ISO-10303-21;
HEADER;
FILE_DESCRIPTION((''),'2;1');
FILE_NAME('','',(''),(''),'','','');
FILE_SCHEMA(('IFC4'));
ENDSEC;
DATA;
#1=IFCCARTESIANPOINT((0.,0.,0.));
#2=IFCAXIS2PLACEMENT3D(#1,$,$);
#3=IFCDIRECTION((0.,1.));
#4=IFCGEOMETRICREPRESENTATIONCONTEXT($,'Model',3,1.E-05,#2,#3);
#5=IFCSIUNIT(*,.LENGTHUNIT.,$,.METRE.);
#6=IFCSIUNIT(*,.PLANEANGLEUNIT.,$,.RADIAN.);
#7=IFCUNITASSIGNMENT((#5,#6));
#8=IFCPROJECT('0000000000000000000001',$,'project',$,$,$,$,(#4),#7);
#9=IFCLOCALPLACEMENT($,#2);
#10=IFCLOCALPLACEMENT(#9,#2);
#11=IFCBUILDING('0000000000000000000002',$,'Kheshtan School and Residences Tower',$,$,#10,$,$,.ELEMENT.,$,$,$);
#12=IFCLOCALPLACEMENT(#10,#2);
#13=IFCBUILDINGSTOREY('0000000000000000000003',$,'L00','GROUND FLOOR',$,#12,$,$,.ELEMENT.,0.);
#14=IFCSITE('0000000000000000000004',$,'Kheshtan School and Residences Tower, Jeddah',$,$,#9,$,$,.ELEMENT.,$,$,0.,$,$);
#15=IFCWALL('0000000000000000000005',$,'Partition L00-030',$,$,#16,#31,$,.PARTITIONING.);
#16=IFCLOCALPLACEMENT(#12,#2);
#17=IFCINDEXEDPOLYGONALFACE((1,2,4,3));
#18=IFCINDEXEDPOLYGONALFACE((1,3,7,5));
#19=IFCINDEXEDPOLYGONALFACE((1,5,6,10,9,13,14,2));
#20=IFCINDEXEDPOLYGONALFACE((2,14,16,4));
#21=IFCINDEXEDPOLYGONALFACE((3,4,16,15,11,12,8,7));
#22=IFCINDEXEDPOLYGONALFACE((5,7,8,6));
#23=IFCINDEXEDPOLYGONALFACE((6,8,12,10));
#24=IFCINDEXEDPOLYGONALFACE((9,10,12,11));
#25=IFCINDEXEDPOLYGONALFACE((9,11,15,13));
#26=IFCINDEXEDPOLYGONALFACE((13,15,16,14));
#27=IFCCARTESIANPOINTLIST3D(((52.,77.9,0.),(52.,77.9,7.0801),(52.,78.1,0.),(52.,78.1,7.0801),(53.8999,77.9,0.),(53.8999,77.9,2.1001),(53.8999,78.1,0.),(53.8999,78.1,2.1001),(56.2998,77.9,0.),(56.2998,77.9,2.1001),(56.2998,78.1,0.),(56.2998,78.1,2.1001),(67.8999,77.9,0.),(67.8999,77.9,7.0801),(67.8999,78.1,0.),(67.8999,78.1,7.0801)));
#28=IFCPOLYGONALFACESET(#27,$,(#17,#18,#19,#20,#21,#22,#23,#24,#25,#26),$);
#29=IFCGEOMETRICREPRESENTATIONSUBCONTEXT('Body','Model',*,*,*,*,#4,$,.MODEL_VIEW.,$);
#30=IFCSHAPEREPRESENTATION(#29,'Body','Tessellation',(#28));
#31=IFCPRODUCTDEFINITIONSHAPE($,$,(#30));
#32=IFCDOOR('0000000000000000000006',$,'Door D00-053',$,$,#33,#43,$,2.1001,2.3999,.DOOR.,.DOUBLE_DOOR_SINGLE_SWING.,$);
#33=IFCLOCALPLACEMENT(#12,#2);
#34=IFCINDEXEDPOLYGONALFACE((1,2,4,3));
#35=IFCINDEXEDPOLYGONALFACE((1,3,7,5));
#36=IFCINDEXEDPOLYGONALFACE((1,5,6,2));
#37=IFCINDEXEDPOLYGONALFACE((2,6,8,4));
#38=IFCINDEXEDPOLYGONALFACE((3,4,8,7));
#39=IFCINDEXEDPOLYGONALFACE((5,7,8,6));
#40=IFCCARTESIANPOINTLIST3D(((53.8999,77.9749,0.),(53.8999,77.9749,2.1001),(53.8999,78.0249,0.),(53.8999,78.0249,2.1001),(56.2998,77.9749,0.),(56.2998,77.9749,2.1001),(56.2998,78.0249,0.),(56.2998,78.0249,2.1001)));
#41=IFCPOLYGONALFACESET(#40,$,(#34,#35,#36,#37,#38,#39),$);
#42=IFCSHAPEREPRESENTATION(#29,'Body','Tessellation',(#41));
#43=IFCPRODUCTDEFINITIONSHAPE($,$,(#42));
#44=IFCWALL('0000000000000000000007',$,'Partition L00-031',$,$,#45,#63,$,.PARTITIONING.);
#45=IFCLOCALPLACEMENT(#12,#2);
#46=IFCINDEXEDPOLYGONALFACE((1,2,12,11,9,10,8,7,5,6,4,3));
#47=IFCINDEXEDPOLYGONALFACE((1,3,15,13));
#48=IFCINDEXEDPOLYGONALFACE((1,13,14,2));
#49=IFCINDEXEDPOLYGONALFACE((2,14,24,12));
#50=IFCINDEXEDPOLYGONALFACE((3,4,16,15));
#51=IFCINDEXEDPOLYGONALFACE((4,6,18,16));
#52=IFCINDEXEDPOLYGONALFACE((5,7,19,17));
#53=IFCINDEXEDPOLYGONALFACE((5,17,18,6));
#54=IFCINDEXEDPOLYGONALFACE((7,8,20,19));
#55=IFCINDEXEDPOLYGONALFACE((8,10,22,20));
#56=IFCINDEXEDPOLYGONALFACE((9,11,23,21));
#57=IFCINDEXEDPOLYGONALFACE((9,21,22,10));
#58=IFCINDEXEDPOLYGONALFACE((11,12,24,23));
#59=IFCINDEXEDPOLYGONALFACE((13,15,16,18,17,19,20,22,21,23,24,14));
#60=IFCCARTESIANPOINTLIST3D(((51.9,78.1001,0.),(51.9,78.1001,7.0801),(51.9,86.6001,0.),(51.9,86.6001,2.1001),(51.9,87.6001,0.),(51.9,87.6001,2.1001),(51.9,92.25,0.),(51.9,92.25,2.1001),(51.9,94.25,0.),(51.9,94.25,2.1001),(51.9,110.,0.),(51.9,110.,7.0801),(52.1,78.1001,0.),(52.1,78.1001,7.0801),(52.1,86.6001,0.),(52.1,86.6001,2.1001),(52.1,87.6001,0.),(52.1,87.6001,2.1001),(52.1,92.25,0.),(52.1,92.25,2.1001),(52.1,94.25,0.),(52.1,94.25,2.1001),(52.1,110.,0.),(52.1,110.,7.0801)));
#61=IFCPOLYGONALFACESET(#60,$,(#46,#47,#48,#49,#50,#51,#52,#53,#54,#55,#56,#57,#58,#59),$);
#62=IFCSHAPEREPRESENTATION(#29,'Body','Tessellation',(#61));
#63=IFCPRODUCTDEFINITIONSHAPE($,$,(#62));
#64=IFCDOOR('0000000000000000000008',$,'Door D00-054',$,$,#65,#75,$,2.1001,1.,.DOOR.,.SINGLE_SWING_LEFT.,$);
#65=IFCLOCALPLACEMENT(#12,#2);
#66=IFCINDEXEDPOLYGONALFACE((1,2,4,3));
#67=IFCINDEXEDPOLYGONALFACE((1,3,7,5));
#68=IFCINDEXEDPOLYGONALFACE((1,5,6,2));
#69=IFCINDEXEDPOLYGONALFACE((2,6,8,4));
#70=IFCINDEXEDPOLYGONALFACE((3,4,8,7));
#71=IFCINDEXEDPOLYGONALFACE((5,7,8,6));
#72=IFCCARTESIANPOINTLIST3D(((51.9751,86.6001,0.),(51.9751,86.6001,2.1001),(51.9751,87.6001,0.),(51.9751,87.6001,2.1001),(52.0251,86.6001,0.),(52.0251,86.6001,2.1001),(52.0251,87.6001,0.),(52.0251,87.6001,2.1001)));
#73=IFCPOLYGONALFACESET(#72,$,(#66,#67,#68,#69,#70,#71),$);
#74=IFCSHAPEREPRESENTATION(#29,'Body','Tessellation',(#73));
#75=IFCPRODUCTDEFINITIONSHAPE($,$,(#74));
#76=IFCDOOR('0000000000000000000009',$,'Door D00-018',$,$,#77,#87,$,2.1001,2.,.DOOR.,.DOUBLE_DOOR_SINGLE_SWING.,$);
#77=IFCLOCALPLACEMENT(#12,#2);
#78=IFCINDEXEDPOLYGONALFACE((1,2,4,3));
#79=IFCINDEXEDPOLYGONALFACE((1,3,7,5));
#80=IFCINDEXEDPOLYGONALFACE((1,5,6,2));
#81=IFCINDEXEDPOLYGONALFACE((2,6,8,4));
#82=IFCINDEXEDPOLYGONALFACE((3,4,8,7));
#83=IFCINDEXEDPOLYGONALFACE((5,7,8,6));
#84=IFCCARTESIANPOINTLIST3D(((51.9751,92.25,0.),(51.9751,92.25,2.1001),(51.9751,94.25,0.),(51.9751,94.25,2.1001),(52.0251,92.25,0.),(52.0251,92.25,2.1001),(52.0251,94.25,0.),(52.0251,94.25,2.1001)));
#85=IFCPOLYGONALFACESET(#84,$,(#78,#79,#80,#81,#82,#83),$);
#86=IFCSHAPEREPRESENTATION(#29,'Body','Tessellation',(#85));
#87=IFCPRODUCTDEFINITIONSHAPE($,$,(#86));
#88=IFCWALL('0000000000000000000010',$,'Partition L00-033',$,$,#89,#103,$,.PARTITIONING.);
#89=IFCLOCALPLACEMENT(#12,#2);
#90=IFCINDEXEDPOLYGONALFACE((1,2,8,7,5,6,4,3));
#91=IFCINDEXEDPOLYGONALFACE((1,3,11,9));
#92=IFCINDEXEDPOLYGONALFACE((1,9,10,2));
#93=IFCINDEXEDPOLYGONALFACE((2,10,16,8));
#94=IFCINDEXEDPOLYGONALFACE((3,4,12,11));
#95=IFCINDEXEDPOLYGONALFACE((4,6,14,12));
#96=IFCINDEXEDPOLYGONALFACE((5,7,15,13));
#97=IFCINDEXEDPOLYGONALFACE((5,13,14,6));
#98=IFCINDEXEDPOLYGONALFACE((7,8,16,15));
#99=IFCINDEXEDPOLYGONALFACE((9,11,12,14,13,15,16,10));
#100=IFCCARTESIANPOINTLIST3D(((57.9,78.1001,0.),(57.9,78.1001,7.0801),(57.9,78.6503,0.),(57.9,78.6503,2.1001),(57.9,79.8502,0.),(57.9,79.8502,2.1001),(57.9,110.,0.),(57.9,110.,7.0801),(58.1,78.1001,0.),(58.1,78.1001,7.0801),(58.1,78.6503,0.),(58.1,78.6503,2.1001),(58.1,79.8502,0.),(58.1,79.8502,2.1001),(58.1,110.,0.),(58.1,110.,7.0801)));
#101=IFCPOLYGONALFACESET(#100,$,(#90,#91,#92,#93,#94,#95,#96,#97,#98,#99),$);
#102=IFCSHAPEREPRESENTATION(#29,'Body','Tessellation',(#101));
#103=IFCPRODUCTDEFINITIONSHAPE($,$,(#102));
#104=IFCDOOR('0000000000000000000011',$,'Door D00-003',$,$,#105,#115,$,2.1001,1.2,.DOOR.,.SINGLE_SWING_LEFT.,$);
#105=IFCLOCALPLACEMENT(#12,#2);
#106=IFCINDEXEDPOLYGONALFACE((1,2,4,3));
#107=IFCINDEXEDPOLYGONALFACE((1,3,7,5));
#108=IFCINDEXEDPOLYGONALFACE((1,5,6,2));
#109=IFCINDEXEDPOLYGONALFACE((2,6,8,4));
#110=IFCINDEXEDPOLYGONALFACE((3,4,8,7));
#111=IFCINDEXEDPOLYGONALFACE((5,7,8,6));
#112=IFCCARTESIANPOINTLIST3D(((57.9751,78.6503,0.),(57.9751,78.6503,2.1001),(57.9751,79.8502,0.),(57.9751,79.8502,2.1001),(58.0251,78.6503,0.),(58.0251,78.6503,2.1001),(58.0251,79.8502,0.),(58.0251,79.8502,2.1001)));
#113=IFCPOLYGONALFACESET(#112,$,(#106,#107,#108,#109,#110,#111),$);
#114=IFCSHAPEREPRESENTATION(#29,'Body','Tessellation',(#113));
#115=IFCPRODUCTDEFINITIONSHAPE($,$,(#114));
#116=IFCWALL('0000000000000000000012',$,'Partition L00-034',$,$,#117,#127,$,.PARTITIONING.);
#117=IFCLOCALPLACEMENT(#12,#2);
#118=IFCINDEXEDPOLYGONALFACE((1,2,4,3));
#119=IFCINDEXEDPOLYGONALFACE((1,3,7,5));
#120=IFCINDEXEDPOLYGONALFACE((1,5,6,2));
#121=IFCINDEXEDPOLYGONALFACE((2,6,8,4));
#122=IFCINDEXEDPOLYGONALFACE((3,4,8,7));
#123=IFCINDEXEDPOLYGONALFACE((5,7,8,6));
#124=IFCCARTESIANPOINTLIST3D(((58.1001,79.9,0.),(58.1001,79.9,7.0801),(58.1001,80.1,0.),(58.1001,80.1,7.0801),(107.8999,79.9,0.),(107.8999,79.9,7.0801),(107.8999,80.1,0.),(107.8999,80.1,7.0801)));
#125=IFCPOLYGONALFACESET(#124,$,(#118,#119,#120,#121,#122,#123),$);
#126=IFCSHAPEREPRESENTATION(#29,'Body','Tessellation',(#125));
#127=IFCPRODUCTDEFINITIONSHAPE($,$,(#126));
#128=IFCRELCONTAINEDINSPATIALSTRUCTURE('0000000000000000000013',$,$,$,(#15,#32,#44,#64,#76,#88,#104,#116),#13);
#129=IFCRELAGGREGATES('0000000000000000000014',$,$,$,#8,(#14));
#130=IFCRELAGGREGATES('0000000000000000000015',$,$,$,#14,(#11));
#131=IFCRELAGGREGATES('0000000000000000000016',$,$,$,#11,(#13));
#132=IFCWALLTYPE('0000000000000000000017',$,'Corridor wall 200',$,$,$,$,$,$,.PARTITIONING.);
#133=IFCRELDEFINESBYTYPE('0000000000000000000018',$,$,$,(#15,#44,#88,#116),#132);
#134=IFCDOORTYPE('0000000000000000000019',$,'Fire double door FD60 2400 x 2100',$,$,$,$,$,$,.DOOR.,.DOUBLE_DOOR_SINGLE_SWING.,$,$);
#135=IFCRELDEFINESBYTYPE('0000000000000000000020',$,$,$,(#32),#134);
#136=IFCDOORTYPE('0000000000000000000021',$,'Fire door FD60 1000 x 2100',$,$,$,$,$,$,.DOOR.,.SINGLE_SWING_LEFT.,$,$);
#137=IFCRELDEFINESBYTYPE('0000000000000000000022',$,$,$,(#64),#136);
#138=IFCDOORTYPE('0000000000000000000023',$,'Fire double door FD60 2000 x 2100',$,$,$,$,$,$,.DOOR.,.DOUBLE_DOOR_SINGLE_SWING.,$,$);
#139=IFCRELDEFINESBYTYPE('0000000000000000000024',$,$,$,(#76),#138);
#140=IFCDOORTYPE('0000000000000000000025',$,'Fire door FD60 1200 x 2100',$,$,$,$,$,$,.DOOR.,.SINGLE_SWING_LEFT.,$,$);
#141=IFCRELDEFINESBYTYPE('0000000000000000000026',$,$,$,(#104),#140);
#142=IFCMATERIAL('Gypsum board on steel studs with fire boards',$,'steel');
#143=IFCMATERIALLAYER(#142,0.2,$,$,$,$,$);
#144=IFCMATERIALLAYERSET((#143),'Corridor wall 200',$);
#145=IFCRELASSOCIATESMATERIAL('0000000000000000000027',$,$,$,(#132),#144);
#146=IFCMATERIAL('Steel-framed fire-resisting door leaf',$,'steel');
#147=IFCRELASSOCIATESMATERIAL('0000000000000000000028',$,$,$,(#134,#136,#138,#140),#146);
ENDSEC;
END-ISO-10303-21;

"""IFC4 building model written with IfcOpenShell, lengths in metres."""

from ifc_helpers import new_model, si_unit, direction, frame, frame_2d, origin, place, context, subcontext, project, spatial, rectangle, extrude, source, transform, mapped, material, layer, layer_set, type_object, element, fill, save


model = new_model("IFC4")

# Units and contexts
model_context = context("Model", 3, precision=1e-05, world=origin(), true_north=direction((0.0, 1.0)))
body_context = subcontext(model_context, "Body", "Model", "MODEL_VIEW")
ifc_project = project(units=[si_unit("LENGTHUNIT", "METRE"), si_unit("PLANEANGLEUNIT", "RADIAN")], contexts=[model_context])

# Site, building, storey
site_placement = place(None, origin())
site = spatial("IfcSite", under=ifc_project, at=site_placement, Name="Kheshtan School and Residences Tower, Jeddah", CompositionType="ELEMENT", RefElevation=0.0)
building_placement = place(site_placement, origin())
building = spatial("IfcBuilding", under=site, at=building_placement, Name="Kheshtan School and Residences Tower", CompositionType="ELEMENT")
storey_placement = place(building_placement, origin())
storey = spatial("IfcBuildingStorey", under=building, at=storey_placement, Name="L00", Description="GROUND FLOOR", CompositionType="ELEMENT", Elevation=0.0)

# Wall, opening, door
ifc_material_1 = material(Name="Gypsum board on steel studs with fire boards", Category="steel")
ifc_layer_1 = layer(ifc_material_1, 0.2)
ifc_layer_set_1 = layer_set([ifc_layer_1], Name="Corridor wall 200")
wall_type_1 = type_object("IfcWallType", Name="Corridor wall 200", PredefinedType="PARTITIONING", material=ifc_layer_set_1)
wall_1_placement = place(storey_placement, frame((52.0, 78.0, 0.0), z_axis=(0.0, 0.0, 1.0), x_axis=(1.0, 0.0, 0.0)))
wall_1 = element("IfcWall", 1, at=wall_1_placement, inside=storey, type_object=wall_type_1, Name="Partition L00-030", PredefinedType="PARTITIONING", context=body_context, shape_type="SweptSolid", body=[
    extrude(rectangle(XDim=15.8999, YDim=0.2, at=frame_2d((7.95, 0.0))), origin(), (0.0, 0.0, 1.0), 7.0801),
])
opening_1_placement = place(wall_1_placement, frame((1.8999, 0.0, 0.0)))
opening_1 = element("IfcOpeningElement", 2, at=opening_1_placement, cuts=wall_1, PredefinedType="OPENING", context=body_context, shape_type="SweptSolid", body=[
    extrude(rectangle(XDim=2.3999, YDim=2.1001, at=frame_2d((1.2, 1.05))), frame((0.0, 0.1099, 0.0), z_axis=(0.0, -1.0, 0.0), x_axis=(1.0, 0.0, 0.0)), (0.0, 0.0, 1.0), 0.22),
])
ifc_material_2 = material(Name="Steel-framed fire-resisting door leaf", Category="steel")
door_type_1 = type_object("IfcDoorType", Name="Fire double door FD60 2400 x 2100", OperationType="DOUBLE_DOOR_SINGLE_SWING", PredefinedType="DOOR", material=ifc_material_2)
shared_shape_1 = source(origin(), body_context, "Body", "SweptSolid", [
    extrude(rectangle(XDim=2.3999, YDim=2.1001, at=frame_2d((1.2, 1.05))), frame((0.0, 0.0249, 0.0), z_axis=(0.0, -1.0, 0.0), x_axis=(1.0, 0.0, 0.0)), (0.0, 0.0, 1.0), 0.05),
])
door_1_placement = place(opening_1_placement, origin())
door_1 = element("IfcDoor", 3, at=door_1_placement, inside=storey, type_object=door_type_1, Name="Door D00-053", OperationType="DOUBLE_DOOR_SINGLE_SWING", OverallHeight=2.1001, OverallWidth=2.3999, PredefinedType="DOOR", context=body_context, shape_type="MappedRepresentation", body=[
    mapped(shared_shape_1, transform((0.0, 0.0, 0.0), x_axis=(1.0, 0.0, 0.0), y_axis=(0.0, 1.0, 0.0), z_axis=(0.0, 0.0, 1.0), scale=1.0)),
])
fill(opening_1, door_1)

# Wall, openings, doors
wall_2_placement = place(storey_placement, frame((52.0, 78.1001, 0.0), z_axis=(0.0, 0.0, 1.0), x_axis=(0.0, 1.0, 0.0)))
wall_2 = element("IfcWall", 4, at=wall_2_placement, inside=storey, type_object=wall_type_1, Name="Partition L00-031", PredefinedType="PARTITIONING", context=body_context, shape_type="SweptSolid", body=[
    extrude(rectangle(XDim=31.8999, YDim=0.2, at=frame_2d((15.95, 0.0))), origin(), (0.0, 0.0, 1.0), 7.0801),
])
opening_2_placement = place(wall_2_placement, frame((14.1499, 0.0, 0.0)))
opening_2 = element("IfcOpeningElement", 5, at=opening_2_placement, cuts=wall_2, PredefinedType="OPENING", context=body_context, shape_type="SweptSolid", body=[
    extrude(rectangle(XDim=2.0, YDim=2.1001, at=frame_2d((1.0, 1.05))), frame((0.0, 0.1099, 0.0), z_axis=(0.0, -1.0, 0.0), x_axis=(1.0, 0.0, 0.0)), (0.0, 0.0, 1.0), 0.22),
])
opening_3_placement = place(wall_2_placement, frame((8.5, 0.0, 0.0)))
opening_3 = element("IfcOpeningElement", 6, at=opening_3_placement, cuts=wall_2, PredefinedType="OPENING", context=body_context, shape_type="SweptSolid", body=[
    extrude(rectangle(XDim=1.0, YDim=2.1001, at=frame_2d((0.5, 1.05))), frame((0.0, 0.1099, 0.0), z_axis=(0.0, -1.0, 0.0), x_axis=(1.0, 0.0, 0.0)), (0.0, 0.0, 1.0), 0.22),
])
door_type_2 = type_object("IfcDoorType", Name="Fire door FD60 1000 x 2100", OperationType="SINGLE_SWING_LEFT", PredefinedType="DOOR", material=ifc_material_2)
shared_shape_2 = source(origin(), body_context, "Body", "SweptSolid", [
    extrude(rectangle(XDim=1.0, YDim=2.1001, at=frame_2d((0.5, 1.05))), frame((0.0, 0.0249, 0.0), z_axis=(0.0, -1.0, 0.0), x_axis=(1.0, 0.0, 0.0)), (0.0, 0.0, 1.0), 0.05),
])
door_2_placement = place(opening_3_placement, origin())
door_2 = element("IfcDoor", 7, at=door_2_placement, inside=storey, type_object=door_type_2, Name="Door D00-054", OperationType="SINGLE_SWING_LEFT", OverallHeight=2.1001, OverallWidth=1.0, PredefinedType="DOOR", context=body_context, shape_type="MappedRepresentation", body=[
    mapped(shared_shape_2, transform((0.0, 0.0, 0.0), x_axis=(1.0, 0.0, 0.0), y_axis=(0.0, 1.0, 0.0), z_axis=(0.0, 0.0, 1.0), scale=1.0)),
])
fill(opening_3, door_2)
door_type_3 = type_object("IfcDoorType", Name="Fire double door FD60 2000 x 2100", OperationType="DOUBLE_DOOR_SINGLE_SWING", PredefinedType="DOOR", material=ifc_material_2)
shared_shape_3 = source(origin(), body_context, "Body", "SweptSolid", [
    extrude(rectangle(XDim=2.0, YDim=2.1001, at=frame_2d((1.0, 1.05))), frame((0.0, 0.0249, 0.0), z_axis=(0.0, -1.0, 0.0), x_axis=(1.0, 0.0, 0.0)), (0.0, 0.0, 1.0), 0.05),
])
door_3_placement = place(opening_2_placement, origin())
door_3 = element("IfcDoor", 8, at=door_3_placement, inside=storey, type_object=door_type_3, Name="Door D00-018", OperationType="DOUBLE_DOOR_SINGLE_SWING", OverallHeight=2.1001, OverallWidth=2.0, PredefinedType="DOOR", context=body_context, shape_type="MappedRepresentation", body=[
    mapped(shared_shape_3, transform((0.0, 0.0, 0.0), x_axis=(1.0, 0.0, 0.0), y_axis=(0.0, 1.0, 0.0), z_axis=(0.0, 0.0, 1.0), scale=1.0)),
])
fill(opening_2, door_3)

# Wall, opening, door
wall_3_placement = place(storey_placement, frame((58.0, 78.1001, 0.0), z_axis=(0.0, 0.0, 1.0), x_axis=(0.0, 1.0, 0.0)))
wall_3 = element("IfcWall", 9, at=wall_3_placement, inside=storey, type_object=wall_type_1, Name="Partition L00-033", PredefinedType="PARTITIONING", context=body_context, shape_type="SweptSolid", body=[
    extrude(rectangle(XDim=31.8999, YDim=0.2, at=frame_2d((15.95, 0.0))), origin(), (0.0, 0.0, 1.0), 7.0801),
])
opening_4_placement = place(wall_3_placement, frame((0.55, 0.0, 0.0)))
opening_4 = element("IfcOpeningElement", 10, at=opening_4_placement, cuts=wall_3, PredefinedType="OPENING", context=body_context, shape_type="SweptSolid", body=[
    extrude(rectangle(XDim=1.2, YDim=2.1001, at=frame_2d((0.6001, 1.05))), frame((0.0, 0.1099, 0.0), z_axis=(0.0, -1.0, 0.0), x_axis=(1.0, 0.0, 0.0)), (0.0, 0.0, 1.0), 0.22),
])
door_type_4 = type_object("IfcDoorType", Name="Fire door FD60 1200 x 2100", OperationType="SINGLE_SWING_LEFT", PredefinedType="DOOR", material=ifc_material_2)
shared_shape_4 = source(origin(), body_context, "Body", "SweptSolid", [
    extrude(rectangle(XDim=1.2, YDim=2.1001, at=frame_2d((0.6001, 1.05))), frame((0.0, 0.0249, 0.0), z_axis=(0.0, -1.0, 0.0), x_axis=(1.0, 0.0, 0.0)), (0.0, 0.0, 1.0), 0.05),
])
door_4_placement = place(opening_4_placement, origin())
door_4 = element("IfcDoor", 11, at=door_4_placement, inside=storey, type_object=door_type_4, Name="Door D00-003", OperationType="SINGLE_SWING_LEFT", OverallHeight=2.1001, OverallWidth=1.2, PredefinedType="DOOR", context=body_context, shape_type="MappedRepresentation", body=[
    mapped(shared_shape_4, transform((0.0, 0.0, 0.0), x_axis=(1.0, 0.0, 0.0), y_axis=(0.0, 1.0, 0.0), z_axis=(0.0, 0.0, 1.0), scale=1.0)),
])
fill(opening_4, door_4)

# Wall
wall_4_placement = place(storey_placement, frame((58.1001, 80.0, 0.0), z_axis=(0.0, 0.0, 1.0), x_axis=(1.0, 0.0, 0.0)))
element("IfcWall", 12, at=wall_4_placement, inside=storey, type_object=wall_type_1, Name="Partition L00-034", PredefinedType="PARTITIONING", context=body_context, shape_type="SweptSolid", body=[
    extrude(rectangle(XDim=49.7998, YDim=0.2, at=frame_2d((24.8999, 0.0))), origin(), (0.0, 0.0, 1.0), 7.0801),
])

save(model, "model.ifc")
